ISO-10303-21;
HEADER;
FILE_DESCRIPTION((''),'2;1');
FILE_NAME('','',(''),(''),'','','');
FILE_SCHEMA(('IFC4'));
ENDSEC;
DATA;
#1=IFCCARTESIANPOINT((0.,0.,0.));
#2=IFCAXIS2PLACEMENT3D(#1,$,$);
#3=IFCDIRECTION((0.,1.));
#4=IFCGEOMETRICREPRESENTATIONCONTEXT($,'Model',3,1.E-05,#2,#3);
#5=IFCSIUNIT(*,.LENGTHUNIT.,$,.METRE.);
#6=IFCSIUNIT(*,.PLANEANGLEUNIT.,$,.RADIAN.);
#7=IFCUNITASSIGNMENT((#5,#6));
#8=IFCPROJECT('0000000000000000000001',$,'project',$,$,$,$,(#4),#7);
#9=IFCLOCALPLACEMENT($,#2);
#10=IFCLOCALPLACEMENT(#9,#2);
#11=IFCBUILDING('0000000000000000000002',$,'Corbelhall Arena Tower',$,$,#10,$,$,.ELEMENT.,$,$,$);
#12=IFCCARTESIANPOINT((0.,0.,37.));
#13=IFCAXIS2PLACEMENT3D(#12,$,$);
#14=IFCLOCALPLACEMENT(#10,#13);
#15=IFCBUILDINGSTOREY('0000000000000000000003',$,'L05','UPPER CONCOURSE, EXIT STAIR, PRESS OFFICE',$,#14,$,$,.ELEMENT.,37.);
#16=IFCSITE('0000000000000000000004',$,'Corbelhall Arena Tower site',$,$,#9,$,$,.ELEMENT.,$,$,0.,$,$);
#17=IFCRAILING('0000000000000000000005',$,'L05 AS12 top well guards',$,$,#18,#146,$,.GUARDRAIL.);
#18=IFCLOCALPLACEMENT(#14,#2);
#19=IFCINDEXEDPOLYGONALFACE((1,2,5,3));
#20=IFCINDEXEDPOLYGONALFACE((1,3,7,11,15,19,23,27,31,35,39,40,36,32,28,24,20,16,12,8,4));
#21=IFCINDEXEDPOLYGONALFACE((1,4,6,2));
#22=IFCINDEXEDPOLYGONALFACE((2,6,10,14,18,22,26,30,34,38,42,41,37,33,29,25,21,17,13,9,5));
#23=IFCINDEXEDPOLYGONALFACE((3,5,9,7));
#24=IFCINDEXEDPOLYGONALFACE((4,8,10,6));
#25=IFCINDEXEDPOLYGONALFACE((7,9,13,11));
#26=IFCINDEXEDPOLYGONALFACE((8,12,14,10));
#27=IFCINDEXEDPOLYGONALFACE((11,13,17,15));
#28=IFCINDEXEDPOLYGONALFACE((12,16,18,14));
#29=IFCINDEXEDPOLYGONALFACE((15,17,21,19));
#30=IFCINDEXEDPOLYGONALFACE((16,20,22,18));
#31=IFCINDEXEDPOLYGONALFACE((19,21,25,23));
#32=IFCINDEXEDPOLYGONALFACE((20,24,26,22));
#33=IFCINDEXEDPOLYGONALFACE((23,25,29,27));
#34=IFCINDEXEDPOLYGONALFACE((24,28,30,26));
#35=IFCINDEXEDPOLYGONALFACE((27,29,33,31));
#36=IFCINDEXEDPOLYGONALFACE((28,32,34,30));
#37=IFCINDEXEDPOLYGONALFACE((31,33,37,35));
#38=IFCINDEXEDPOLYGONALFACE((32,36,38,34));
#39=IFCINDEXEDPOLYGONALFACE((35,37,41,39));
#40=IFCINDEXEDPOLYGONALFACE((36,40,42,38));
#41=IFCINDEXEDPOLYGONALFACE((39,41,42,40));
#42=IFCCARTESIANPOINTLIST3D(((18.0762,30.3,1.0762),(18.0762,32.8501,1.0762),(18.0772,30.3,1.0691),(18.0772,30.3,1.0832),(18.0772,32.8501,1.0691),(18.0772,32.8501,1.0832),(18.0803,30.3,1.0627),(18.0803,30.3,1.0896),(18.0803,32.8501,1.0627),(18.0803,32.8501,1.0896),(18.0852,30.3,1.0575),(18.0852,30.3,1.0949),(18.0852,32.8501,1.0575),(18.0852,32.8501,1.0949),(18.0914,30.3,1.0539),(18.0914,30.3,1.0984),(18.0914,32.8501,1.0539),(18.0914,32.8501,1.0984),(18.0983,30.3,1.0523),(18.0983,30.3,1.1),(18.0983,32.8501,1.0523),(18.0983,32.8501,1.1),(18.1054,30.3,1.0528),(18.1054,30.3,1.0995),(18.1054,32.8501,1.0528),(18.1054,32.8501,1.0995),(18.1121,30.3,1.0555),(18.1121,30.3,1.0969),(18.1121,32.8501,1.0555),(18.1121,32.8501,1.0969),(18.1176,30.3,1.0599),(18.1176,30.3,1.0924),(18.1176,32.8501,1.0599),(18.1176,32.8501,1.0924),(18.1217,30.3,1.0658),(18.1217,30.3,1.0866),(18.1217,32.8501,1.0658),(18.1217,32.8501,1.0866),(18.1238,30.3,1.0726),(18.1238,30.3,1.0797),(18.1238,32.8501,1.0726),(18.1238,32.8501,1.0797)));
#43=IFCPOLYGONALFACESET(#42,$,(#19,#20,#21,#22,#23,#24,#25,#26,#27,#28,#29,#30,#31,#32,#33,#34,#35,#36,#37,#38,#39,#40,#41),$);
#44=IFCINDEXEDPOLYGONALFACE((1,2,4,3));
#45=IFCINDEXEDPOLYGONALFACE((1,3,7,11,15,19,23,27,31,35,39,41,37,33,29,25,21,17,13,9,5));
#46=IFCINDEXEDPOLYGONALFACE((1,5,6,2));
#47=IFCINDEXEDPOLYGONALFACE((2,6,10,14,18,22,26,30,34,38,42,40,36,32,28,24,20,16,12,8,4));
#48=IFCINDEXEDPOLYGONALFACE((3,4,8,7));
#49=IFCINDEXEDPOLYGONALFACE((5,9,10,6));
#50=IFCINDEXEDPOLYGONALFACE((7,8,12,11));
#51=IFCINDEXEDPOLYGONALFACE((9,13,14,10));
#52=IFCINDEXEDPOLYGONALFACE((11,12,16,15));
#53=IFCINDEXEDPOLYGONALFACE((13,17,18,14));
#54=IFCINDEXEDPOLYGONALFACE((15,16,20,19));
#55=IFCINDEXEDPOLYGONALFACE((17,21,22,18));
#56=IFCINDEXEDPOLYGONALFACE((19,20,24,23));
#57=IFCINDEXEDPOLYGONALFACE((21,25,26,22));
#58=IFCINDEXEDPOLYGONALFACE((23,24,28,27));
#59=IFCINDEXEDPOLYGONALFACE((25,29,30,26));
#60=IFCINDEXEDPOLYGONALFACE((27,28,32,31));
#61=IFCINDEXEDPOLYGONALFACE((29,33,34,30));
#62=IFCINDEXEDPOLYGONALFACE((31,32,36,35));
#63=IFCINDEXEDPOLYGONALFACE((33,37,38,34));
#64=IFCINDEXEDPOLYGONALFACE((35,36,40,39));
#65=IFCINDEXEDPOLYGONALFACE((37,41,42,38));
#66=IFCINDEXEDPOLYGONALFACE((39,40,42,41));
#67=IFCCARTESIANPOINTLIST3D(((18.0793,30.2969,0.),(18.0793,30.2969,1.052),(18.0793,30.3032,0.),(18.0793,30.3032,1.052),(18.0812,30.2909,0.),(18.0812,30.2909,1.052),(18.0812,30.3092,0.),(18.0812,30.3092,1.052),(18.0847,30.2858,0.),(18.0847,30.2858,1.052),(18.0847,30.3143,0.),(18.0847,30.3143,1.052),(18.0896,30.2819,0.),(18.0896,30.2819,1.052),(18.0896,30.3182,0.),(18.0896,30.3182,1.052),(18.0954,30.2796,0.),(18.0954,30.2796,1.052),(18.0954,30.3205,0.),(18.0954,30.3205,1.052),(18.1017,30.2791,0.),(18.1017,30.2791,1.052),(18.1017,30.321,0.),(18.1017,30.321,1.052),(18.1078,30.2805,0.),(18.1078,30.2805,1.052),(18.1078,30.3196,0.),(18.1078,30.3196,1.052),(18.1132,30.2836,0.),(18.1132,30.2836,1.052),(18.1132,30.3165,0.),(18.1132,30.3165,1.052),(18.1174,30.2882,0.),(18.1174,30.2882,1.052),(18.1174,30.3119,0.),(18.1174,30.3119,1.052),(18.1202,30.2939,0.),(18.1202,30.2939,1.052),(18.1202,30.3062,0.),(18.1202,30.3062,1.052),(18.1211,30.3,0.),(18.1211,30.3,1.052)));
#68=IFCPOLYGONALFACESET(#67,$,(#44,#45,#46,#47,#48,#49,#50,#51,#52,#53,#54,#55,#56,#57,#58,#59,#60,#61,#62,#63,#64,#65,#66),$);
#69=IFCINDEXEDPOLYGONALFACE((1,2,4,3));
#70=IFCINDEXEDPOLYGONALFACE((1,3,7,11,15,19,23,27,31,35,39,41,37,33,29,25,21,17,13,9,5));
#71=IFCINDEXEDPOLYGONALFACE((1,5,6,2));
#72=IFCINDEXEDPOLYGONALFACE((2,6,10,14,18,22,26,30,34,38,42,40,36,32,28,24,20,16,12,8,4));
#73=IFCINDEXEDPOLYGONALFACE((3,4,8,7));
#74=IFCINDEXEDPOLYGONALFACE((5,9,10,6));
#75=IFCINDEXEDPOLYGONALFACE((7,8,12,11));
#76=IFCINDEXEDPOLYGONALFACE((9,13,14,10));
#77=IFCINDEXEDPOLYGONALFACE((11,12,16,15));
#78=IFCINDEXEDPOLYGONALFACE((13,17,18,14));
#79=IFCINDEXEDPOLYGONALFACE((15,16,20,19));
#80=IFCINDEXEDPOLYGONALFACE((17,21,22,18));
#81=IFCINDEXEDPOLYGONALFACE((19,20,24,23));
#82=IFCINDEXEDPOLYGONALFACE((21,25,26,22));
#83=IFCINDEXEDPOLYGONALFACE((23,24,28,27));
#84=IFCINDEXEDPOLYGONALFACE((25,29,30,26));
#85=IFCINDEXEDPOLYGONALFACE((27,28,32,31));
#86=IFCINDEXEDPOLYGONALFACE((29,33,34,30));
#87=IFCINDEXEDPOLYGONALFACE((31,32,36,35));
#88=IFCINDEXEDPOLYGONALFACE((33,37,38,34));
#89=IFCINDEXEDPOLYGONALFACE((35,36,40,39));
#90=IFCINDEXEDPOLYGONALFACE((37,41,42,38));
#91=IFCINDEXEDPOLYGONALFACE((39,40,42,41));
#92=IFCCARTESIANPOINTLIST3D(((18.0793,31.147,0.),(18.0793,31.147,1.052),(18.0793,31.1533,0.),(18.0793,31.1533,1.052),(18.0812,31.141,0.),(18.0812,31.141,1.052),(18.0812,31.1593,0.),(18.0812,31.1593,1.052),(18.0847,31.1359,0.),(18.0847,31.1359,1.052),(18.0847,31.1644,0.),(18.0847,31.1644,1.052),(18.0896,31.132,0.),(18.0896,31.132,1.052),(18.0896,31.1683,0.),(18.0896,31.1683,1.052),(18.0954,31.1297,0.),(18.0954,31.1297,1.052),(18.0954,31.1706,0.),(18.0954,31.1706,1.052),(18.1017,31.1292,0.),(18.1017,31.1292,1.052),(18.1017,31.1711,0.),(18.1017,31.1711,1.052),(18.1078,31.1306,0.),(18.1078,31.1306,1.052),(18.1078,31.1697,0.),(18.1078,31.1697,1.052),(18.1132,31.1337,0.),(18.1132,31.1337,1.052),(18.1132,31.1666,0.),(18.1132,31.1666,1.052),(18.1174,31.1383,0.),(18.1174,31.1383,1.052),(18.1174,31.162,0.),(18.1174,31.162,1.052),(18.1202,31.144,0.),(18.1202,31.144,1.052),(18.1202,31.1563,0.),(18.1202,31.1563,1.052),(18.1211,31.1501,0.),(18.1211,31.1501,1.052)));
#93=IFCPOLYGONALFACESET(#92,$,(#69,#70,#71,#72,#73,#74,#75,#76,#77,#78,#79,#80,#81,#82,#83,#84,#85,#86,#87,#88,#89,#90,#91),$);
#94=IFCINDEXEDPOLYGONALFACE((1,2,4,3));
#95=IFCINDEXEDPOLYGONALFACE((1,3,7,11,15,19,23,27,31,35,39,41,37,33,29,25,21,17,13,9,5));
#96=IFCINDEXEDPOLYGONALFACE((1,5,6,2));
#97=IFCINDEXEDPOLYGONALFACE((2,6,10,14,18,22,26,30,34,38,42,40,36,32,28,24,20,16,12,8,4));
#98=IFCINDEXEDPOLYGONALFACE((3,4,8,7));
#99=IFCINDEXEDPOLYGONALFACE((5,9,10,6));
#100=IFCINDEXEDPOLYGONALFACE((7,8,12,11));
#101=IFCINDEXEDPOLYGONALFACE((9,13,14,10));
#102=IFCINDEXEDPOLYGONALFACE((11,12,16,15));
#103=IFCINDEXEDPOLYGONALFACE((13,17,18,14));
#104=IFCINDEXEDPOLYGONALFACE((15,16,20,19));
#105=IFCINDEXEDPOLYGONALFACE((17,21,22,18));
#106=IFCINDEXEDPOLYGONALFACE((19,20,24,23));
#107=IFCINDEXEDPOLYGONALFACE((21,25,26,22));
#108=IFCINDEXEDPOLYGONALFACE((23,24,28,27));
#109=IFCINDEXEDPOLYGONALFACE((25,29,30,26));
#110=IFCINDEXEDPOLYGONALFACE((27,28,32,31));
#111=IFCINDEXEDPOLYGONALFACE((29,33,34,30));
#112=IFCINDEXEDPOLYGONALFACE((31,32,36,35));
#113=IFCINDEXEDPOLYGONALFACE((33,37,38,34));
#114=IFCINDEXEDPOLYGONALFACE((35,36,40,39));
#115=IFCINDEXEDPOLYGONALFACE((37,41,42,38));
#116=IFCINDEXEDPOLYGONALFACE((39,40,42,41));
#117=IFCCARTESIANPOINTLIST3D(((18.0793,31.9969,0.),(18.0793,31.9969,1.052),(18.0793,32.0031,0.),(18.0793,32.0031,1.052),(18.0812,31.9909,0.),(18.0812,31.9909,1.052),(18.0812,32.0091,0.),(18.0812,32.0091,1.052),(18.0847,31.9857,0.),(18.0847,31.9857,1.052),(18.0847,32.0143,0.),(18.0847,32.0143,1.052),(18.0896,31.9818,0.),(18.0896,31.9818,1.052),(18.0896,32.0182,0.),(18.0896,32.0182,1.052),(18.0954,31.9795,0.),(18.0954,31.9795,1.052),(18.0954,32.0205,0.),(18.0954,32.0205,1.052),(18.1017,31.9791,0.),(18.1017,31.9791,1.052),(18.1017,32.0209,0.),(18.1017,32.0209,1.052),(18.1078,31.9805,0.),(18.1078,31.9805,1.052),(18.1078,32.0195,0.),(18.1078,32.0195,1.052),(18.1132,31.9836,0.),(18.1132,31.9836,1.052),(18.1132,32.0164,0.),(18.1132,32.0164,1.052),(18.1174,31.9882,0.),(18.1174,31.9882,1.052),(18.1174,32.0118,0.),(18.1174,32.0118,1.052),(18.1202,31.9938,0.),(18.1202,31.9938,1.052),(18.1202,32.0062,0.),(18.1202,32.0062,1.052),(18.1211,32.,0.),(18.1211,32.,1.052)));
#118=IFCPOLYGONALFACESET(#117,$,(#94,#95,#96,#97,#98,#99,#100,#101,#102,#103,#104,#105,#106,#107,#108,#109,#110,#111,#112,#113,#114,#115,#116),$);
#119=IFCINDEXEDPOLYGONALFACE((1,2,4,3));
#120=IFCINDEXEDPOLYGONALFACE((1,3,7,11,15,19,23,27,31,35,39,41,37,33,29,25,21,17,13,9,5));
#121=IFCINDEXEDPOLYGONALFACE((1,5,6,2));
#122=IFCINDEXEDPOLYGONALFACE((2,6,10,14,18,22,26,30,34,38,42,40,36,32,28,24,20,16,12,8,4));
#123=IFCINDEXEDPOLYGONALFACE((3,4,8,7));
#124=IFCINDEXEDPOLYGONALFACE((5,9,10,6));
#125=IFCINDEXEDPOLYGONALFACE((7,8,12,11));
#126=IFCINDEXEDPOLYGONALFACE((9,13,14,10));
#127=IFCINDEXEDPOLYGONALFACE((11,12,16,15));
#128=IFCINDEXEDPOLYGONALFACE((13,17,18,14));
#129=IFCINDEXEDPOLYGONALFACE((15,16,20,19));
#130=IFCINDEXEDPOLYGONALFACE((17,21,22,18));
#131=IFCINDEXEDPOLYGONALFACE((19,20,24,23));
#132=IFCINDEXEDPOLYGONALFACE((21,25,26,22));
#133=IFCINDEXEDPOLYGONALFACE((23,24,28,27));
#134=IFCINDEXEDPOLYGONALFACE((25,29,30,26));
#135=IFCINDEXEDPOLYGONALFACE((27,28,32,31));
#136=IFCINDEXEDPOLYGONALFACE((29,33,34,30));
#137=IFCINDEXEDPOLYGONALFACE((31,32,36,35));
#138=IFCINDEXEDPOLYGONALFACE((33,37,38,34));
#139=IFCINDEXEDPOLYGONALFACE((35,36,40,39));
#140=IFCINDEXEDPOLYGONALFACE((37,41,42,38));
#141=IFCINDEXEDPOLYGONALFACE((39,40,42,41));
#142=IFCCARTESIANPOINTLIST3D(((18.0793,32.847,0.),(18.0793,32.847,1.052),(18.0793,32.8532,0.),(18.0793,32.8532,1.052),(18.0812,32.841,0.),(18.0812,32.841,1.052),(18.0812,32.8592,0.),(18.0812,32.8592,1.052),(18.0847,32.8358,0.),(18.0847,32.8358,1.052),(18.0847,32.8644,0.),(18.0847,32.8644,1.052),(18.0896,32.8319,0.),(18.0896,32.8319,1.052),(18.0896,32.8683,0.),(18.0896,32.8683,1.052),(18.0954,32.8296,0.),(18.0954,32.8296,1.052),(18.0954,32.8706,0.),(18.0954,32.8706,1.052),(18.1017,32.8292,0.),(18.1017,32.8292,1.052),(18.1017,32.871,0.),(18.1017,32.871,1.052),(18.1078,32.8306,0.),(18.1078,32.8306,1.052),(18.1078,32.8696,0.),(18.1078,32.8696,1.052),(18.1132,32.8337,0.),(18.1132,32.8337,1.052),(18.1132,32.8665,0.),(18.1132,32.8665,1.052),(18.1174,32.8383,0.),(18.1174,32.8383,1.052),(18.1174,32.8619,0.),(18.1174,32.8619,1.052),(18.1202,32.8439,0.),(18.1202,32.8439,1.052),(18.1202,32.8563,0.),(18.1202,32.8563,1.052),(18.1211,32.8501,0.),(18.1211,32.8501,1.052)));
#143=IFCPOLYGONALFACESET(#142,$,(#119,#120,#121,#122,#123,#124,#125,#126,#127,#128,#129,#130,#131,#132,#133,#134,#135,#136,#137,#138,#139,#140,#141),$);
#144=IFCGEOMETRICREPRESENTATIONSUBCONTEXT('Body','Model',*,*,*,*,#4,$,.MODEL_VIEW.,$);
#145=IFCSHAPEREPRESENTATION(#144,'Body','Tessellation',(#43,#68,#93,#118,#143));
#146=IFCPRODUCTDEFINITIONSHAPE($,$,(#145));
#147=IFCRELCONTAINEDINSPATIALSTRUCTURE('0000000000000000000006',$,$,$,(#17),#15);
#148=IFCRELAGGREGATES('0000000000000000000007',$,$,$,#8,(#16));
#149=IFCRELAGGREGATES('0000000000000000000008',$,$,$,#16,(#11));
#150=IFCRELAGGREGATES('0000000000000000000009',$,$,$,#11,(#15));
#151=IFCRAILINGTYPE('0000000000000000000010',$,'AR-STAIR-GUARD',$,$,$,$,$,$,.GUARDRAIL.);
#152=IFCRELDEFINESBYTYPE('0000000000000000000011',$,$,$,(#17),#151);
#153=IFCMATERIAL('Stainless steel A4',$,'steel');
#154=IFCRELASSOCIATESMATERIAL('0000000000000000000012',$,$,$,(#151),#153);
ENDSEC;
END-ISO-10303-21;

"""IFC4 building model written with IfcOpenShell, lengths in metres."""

from ifc_helpers import new_model, si_unit, direction, frame, origin, origin_2d, place, context, subcontext, project, spatial, circle, extrude, material, type_object, element, save


model = new_model("IFC4")

# Units and contexts
model_context = context("Model", 3, precision=1e-05, world=origin(), true_north=direction((0.0, 1.0)))
body_context = subcontext(model_context, "Body", "Model", "MODEL_VIEW")
ifc_project = project(units=[si_unit("LENGTHUNIT", "METRE"), si_unit("PLANEANGLEUNIT", "RADIAN")], contexts=[model_context])

# Site, building, storey
site_placement = place(None, origin())
site = spatial("IfcSite", under=ifc_project, at=site_placement, Name="Corbelhall Arena Tower site", CompositionType="ELEMENT", RefElevation=0.0)
building_placement = place(site_placement, origin())
building = spatial("IfcBuilding", under=site, at=building_placement, Name="Corbelhall Arena Tower", CompositionType="ELEMENT")
storey_placement = place(building_placement, frame((0.0, 0.0, 37.0)))
storey = spatial("IfcBuildingStorey", under=building, at=storey_placement, Name="L05", Description="UPPER CONCOURSE, EXIT STAIR, PRESS OFFICE", CompositionType="ELEMENT", Elevation=37.0)

# Railing
ifc_material_1 = material(Name="Stainless steel A4", Category="steel")
railing_type = type_object("IfcRailingType", Name="AR-STAIR-GUARD", PredefinedType="GUARDRAIL", material=ifc_material_1)
railing_placement = place(storey_placement, frame((18.1001, 30.3, 0.0)))
element("IfcRailing", 1, at=railing_placement, inside=storey, type_object=railing_type, Name="L05 AS12 top well guards", PredefinedType="GUARDRAIL", context=body_context, shape_type="SweptSolid", body=[
    extrude(circle(Radius=0.0239, at=origin_2d()), frame((0.0, 0.0, 1.0762), z_axis=(0.0, 1.0, 0.0), x_axis=(-1.0, 0.0, 0.0)), (0.0, 0.0, 1.0), 2.55),
    extrude(circle(Radius=0.021, at=origin_2d()), origin(), (0.0, 0.0, 1.0), 1.052),
    extrude(circle(Radius=0.021, at=origin_2d()), frame((0.0, 0.8501, 0.0)), (0.0, 0.0, 1.0), 1.052),
    extrude(circle(Radius=0.021, at=origin_2d()), frame((0.0, 1.7, 0.0)), (0.0, 0.0, 1.0), 1.052),
    extrude(circle(Radius=0.021, at=origin_2d()), frame((0.0, 2.55, 0.0)), (0.0, 0.0, 1.0), 1.052),
])

save(model, "model.ifc")
